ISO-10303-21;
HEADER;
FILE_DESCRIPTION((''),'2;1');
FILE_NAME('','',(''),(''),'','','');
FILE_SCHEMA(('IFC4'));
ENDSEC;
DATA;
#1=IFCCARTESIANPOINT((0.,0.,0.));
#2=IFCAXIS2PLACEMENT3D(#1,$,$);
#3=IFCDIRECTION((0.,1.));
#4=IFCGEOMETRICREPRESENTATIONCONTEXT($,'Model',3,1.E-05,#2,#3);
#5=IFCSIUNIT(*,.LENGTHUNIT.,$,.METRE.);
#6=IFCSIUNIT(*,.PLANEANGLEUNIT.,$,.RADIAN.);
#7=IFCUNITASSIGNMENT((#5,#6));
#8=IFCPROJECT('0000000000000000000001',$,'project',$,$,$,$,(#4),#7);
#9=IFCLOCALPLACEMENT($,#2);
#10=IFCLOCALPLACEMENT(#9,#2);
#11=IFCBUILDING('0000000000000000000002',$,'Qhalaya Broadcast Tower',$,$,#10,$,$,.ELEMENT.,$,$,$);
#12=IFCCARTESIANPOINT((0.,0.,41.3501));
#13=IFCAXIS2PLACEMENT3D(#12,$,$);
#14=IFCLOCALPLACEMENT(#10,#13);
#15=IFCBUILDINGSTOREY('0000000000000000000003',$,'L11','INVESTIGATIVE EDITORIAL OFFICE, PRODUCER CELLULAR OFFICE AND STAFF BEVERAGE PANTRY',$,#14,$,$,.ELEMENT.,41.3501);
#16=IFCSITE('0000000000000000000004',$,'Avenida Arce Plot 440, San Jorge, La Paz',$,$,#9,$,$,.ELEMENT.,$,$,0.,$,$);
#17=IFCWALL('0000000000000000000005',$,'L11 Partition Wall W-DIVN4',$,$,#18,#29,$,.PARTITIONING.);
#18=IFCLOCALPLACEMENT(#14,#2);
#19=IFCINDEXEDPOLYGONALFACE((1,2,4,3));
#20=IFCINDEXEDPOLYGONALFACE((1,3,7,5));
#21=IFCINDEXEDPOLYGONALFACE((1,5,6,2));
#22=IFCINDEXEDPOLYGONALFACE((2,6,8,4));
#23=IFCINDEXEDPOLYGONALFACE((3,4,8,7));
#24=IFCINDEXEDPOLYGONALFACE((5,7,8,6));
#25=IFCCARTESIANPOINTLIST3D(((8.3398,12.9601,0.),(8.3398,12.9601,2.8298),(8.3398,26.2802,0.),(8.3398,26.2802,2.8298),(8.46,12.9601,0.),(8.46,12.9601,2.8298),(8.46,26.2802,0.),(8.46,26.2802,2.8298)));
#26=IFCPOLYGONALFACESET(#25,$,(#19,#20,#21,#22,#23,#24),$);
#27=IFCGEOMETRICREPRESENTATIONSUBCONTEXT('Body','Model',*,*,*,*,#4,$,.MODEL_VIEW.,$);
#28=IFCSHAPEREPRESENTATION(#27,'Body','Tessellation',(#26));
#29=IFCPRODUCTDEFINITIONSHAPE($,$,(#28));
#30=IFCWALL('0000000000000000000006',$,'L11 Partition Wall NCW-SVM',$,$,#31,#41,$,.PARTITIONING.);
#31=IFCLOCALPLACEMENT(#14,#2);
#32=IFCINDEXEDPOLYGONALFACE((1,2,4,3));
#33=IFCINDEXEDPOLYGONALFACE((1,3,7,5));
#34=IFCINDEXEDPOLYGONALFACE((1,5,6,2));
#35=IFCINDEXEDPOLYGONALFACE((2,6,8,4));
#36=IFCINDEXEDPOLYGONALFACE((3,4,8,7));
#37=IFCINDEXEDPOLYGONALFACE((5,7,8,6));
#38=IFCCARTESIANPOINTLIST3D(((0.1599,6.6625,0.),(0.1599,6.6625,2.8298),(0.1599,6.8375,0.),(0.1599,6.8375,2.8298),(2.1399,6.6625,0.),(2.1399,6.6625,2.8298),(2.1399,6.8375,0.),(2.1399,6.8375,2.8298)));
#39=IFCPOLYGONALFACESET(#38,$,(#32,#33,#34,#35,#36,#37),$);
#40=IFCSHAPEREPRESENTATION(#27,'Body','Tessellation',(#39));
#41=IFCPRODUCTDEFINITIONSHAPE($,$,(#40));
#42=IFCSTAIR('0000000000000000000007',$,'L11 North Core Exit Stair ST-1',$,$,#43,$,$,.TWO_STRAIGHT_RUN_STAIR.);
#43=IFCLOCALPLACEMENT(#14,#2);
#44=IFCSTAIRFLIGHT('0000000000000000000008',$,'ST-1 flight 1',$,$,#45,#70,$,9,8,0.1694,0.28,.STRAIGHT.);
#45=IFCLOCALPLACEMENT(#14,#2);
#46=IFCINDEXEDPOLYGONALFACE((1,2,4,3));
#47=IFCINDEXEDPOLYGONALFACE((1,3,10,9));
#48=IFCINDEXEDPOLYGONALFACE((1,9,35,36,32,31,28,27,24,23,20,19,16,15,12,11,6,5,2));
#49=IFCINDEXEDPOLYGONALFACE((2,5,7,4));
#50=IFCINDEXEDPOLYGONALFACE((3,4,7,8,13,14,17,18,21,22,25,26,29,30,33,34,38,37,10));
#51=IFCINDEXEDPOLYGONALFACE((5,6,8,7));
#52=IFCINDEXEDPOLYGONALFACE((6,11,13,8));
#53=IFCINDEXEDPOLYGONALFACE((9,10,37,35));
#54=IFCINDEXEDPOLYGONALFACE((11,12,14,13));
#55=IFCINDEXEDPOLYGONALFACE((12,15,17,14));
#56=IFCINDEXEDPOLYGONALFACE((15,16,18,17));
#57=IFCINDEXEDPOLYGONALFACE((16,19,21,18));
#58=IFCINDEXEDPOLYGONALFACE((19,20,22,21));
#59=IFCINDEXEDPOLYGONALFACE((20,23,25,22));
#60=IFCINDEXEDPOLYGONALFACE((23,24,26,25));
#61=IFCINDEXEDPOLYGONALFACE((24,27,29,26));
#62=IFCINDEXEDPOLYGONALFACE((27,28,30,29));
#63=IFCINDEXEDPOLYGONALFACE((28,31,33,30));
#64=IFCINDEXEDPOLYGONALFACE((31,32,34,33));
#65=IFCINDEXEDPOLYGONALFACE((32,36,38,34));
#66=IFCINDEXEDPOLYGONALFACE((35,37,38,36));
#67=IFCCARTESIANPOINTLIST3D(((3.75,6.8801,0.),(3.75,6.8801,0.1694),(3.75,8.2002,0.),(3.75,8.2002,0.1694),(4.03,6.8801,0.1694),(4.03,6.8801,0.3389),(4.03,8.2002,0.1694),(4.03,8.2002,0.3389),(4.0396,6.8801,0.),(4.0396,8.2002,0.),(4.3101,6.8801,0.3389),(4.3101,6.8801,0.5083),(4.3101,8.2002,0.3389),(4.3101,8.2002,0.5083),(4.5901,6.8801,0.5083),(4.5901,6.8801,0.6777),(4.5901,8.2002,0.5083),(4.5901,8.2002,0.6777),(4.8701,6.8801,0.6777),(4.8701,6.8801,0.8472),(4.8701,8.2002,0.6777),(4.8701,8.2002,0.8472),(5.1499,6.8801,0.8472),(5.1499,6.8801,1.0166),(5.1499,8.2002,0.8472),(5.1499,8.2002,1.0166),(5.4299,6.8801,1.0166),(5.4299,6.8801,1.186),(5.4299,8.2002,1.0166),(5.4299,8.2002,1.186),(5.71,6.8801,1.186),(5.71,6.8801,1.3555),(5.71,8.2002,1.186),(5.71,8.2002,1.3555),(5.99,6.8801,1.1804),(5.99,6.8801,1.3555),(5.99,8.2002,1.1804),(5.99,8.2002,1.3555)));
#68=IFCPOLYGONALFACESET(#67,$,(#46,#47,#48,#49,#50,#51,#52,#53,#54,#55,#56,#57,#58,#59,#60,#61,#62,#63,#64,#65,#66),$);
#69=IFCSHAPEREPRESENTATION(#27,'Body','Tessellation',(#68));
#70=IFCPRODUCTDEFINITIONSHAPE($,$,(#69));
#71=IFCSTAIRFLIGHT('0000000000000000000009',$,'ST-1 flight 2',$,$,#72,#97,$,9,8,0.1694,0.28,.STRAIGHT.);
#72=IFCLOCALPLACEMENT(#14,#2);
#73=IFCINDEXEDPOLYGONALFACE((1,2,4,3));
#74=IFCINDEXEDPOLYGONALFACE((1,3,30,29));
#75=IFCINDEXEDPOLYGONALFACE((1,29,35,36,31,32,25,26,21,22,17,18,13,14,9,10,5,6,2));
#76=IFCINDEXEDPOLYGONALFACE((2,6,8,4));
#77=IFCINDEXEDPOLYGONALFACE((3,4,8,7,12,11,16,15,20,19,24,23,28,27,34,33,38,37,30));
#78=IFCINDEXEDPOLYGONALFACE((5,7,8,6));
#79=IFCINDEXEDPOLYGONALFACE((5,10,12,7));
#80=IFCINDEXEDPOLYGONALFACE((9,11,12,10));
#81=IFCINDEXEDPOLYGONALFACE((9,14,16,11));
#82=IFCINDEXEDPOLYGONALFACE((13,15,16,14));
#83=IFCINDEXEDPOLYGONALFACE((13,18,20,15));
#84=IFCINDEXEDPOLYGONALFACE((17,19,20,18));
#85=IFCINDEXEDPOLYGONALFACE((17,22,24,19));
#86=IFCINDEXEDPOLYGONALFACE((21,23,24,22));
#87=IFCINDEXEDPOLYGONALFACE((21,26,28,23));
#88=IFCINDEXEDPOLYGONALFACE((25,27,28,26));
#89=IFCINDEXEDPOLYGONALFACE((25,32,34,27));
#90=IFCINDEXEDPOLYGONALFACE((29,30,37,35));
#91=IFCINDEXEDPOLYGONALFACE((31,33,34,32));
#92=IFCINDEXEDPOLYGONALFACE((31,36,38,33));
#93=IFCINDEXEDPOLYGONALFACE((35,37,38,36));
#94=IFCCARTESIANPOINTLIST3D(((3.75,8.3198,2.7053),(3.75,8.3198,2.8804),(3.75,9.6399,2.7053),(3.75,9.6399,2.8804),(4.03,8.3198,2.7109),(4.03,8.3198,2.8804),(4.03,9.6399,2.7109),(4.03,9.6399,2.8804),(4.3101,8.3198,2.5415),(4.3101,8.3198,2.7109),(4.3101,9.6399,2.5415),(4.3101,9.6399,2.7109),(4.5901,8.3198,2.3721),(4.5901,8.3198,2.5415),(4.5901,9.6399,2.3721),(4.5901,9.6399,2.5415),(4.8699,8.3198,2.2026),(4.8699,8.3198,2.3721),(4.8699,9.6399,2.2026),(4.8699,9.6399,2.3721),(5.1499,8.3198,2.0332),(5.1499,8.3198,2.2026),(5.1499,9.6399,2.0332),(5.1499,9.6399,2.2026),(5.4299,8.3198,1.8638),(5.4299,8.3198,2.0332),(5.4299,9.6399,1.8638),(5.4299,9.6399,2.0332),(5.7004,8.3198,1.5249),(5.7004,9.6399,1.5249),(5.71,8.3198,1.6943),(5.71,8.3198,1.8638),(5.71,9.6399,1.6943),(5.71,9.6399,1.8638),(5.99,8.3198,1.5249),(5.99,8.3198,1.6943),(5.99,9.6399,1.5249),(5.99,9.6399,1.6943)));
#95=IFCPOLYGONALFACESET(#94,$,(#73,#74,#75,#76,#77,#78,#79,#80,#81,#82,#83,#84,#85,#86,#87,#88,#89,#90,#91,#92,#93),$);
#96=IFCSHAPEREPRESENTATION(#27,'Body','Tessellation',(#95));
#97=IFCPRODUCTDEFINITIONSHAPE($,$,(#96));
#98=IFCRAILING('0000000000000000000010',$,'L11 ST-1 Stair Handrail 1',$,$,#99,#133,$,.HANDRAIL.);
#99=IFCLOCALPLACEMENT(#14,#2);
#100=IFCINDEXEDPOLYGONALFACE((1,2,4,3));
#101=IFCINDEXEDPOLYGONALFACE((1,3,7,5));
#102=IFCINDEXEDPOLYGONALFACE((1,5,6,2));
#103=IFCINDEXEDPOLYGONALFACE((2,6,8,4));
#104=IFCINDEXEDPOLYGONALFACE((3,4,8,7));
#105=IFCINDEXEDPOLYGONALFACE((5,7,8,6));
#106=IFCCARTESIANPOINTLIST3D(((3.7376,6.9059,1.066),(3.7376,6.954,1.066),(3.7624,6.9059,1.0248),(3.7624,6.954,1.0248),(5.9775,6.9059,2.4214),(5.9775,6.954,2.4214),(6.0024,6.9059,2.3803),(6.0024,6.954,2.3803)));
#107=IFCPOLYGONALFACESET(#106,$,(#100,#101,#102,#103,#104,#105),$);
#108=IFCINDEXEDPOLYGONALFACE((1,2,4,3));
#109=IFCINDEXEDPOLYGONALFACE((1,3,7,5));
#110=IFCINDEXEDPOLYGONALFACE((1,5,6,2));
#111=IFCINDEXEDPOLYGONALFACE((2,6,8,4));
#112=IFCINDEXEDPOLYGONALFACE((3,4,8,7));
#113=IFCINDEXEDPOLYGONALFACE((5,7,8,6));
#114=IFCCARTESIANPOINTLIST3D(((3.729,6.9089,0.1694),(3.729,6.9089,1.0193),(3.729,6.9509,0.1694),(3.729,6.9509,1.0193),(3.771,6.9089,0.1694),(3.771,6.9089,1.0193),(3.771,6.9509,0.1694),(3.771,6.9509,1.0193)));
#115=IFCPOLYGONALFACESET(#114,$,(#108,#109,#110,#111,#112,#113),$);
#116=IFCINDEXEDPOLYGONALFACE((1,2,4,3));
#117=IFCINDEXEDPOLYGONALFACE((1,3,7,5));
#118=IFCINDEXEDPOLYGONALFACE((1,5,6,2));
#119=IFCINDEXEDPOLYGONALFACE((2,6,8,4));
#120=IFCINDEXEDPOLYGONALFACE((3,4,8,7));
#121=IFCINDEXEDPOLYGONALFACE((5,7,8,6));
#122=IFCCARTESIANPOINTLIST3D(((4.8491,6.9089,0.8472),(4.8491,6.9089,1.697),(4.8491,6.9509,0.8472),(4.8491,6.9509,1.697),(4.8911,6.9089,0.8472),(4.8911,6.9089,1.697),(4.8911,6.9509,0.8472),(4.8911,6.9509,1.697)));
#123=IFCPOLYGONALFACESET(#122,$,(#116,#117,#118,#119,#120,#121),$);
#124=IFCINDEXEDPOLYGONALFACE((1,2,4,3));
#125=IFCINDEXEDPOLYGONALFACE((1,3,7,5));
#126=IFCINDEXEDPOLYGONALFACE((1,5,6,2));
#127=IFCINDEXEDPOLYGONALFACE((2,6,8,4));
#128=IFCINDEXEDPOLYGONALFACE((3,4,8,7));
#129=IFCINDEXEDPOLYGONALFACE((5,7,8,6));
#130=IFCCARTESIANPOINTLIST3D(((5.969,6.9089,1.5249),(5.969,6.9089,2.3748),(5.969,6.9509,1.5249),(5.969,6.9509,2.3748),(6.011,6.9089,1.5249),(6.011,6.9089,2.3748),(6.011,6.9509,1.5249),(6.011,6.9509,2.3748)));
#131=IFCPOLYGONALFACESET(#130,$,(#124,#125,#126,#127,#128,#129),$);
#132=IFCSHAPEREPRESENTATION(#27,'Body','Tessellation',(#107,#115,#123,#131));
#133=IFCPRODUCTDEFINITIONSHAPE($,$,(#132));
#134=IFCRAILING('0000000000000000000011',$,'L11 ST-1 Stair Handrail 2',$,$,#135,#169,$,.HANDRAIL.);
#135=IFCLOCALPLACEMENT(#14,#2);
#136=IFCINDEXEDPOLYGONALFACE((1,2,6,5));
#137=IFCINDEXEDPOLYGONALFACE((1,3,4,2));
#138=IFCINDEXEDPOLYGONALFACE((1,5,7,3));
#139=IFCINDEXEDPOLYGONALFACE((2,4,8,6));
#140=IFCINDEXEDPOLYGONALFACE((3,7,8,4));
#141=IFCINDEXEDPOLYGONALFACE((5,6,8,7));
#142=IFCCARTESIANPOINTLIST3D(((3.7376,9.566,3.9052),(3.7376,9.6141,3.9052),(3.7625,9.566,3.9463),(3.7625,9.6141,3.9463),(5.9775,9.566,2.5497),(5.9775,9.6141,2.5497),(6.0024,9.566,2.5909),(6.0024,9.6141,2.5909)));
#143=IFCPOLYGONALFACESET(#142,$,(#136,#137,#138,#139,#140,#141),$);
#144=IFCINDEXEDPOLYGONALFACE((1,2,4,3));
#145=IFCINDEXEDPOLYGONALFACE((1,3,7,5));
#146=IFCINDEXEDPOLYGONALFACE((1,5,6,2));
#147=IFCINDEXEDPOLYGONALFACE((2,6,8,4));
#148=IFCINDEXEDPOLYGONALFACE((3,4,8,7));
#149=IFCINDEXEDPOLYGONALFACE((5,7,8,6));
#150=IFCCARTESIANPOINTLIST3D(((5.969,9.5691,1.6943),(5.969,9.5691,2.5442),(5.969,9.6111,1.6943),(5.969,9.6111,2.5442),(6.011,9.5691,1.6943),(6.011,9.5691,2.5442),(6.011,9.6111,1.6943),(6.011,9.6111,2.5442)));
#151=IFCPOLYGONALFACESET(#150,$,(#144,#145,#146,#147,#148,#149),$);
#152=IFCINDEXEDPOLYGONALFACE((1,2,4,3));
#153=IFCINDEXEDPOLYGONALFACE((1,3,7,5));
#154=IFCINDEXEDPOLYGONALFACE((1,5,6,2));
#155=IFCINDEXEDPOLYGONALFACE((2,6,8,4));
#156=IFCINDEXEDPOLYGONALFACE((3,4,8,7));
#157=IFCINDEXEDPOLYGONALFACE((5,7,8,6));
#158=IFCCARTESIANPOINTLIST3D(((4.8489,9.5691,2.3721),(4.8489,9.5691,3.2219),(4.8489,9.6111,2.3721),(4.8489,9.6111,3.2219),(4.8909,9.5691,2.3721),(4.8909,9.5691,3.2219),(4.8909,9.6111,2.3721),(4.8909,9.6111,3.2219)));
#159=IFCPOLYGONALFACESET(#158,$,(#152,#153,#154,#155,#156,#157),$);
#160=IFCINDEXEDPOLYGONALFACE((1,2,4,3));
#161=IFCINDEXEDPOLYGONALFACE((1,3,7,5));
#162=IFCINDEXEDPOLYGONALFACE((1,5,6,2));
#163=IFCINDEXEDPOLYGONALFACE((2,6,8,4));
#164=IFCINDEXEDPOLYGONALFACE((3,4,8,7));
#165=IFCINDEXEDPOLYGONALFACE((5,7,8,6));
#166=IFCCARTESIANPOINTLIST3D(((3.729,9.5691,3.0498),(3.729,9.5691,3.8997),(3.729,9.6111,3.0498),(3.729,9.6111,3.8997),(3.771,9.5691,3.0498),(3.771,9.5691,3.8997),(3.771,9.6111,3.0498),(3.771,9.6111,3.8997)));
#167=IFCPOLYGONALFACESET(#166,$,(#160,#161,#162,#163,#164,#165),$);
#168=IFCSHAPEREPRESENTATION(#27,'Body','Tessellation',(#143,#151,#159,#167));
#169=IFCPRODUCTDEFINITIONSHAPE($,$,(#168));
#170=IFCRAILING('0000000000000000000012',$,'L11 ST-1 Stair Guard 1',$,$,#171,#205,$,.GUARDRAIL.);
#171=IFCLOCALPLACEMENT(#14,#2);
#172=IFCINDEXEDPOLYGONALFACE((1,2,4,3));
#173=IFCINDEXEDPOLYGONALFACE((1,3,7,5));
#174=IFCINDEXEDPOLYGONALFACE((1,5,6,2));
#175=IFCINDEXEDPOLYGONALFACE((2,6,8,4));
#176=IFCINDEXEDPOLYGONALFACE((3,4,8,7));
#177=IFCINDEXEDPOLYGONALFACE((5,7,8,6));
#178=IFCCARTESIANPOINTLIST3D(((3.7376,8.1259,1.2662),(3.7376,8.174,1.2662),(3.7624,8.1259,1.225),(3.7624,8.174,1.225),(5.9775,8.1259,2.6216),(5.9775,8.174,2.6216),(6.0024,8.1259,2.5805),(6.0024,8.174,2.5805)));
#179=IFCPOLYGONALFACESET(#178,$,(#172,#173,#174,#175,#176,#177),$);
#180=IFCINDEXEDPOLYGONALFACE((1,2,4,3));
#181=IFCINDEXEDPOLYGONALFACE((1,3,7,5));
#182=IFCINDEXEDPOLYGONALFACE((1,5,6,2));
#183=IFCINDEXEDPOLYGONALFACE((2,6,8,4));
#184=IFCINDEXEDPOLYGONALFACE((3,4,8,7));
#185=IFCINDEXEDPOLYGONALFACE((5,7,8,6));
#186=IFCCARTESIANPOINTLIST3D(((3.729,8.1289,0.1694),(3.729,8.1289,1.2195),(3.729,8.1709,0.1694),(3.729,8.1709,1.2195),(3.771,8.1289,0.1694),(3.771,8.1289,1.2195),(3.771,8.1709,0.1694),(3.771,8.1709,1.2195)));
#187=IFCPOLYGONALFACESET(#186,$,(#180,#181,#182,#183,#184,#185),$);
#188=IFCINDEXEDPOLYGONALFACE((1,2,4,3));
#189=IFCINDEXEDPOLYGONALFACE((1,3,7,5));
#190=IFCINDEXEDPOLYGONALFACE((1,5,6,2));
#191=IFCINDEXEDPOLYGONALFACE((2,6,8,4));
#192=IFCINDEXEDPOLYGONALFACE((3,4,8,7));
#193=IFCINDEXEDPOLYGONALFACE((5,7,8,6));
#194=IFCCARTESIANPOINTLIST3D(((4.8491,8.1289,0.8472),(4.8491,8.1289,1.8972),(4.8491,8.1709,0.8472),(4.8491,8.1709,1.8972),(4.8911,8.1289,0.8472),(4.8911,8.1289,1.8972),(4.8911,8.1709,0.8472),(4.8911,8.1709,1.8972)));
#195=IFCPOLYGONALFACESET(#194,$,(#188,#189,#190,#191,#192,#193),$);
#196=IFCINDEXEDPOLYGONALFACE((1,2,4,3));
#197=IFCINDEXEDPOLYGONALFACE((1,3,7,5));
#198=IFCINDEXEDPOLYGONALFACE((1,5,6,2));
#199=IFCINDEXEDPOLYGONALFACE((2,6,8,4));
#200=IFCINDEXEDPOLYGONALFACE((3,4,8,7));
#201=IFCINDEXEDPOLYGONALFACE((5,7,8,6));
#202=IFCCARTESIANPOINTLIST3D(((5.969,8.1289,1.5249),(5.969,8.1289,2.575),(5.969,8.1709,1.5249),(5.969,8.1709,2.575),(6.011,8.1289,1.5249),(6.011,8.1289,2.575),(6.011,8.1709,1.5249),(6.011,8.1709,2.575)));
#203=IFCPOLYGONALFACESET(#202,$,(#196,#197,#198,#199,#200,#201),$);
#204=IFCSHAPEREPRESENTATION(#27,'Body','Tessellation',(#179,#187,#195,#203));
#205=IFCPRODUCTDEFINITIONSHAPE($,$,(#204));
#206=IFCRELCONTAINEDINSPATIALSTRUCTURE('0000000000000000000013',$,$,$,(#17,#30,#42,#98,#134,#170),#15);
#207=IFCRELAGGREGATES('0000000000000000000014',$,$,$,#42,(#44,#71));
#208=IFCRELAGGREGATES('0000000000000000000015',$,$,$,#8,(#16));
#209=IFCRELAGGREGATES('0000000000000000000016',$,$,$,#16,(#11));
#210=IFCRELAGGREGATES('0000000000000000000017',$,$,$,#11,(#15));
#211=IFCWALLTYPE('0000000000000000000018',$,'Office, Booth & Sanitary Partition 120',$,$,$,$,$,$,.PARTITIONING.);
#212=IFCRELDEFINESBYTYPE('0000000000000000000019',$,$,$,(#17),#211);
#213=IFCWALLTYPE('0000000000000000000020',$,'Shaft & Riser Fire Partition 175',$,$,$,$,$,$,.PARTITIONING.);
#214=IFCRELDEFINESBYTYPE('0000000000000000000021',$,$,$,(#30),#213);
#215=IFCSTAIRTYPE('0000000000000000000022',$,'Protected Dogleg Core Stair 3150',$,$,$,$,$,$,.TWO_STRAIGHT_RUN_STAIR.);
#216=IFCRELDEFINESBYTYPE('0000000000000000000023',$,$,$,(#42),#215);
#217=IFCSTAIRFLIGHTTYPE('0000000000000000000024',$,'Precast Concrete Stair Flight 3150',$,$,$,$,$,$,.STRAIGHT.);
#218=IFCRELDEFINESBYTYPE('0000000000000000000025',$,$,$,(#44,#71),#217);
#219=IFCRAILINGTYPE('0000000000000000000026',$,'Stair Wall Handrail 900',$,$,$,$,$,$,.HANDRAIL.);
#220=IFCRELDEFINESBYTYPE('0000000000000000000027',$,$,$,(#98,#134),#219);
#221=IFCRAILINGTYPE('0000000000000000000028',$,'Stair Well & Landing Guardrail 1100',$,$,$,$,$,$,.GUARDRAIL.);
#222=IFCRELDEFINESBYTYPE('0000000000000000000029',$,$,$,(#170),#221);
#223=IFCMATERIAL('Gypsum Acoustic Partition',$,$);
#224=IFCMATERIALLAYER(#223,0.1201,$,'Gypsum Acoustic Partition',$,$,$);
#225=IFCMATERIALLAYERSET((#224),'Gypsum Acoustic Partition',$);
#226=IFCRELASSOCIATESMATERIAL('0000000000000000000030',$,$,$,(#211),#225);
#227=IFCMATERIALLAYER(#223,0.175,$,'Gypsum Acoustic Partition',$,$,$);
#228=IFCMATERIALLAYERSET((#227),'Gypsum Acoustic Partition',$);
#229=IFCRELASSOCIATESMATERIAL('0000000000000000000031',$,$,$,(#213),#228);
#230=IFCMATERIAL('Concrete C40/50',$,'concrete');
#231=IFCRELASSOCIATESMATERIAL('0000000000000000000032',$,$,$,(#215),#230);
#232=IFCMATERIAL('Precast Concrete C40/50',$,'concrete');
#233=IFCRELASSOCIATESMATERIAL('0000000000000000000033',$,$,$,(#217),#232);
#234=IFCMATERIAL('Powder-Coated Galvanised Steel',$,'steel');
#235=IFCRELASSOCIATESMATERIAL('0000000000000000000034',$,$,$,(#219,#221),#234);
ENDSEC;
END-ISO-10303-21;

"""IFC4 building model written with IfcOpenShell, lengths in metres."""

from ifc_helpers import new_model, si_unit, direction, frame, frame_2d, origin, origin_2d, place, context, subcontext, project, spatial, polyline, rectangle, outline, extrude, material, layer, layer_set, type_object, element, aggregate, save


model = new_model("IFC4")

# Units and contexts
model_context = context("Model", 3, precision=1e-05, world=origin(), true_north=direction((0.0, 1.0)))
body_context = subcontext(model_context, "Body", "Model", "MODEL_VIEW")
ifc_project = project(units=[si_unit("LENGTHUNIT", "METRE"), si_unit("PLANEANGLEUNIT", "RADIAN")], contexts=[model_context])

# Site, building, storey
site_placement = place(None, origin())
site = spatial("IfcSite", under=ifc_project, at=site_placement, Name="Avenida Arce Plot 440, San Jorge, La Paz", CompositionType="ELEMENT", RefElevation=0.0)
building_placement = place(site_placement, origin())
building = spatial("IfcBuilding", under=site, at=building_placement, Name="Qhalaya Broadcast Tower", CompositionType="ELEMENT")
storey_placement = place(building_placement, frame((0.0, 0.0, 41.3501)))
storey = spatial("IfcBuildingStorey", under=building, at=storey_placement, Name="L11", Description="INVESTIGATIVE EDITORIAL OFFICE, PRODUCER CELLULAR OFFICE AND STAFF BEVERAGE PANTRY", CompositionType="ELEMENT", Elevation=41.3501)

# Shared definitions
ifc_material_1 = material(Name="Gypsum Acoustic Partition")

# Shared definitions
ifc_material_2 = material(Name="Precast Concrete C40/50", Category="concrete")

# Wall
ifc_layer_1 = layer(ifc_material_1, 0.1201, Name="Gypsum Acoustic Partition")
ifc_layer_set_1 = layer_set([ifc_layer_1], Name="Gypsum Acoustic Partition")
wall_type_1 = type_object("IfcWallType", Name="Office, Booth & Sanitary Partition 120", PredefinedType="PARTITIONING", material=ifc_layer_set_1)
wall_1_placement = place(storey_placement, frame((8.3999, 12.96, 0.0), z_axis=(0.0, 0.0, 1.0), x_axis=(0.0, 1.0, 0.0)))
element("IfcWall", 1, at=wall_1_placement, inside=storey, type_object=wall_type_1, Name="L11 Partition Wall W-DIVN4", PredefinedType="PARTITIONING", context=body_context, shape_type="SweptSolid", body=[
    extrude(rectangle(XDim=13.3201, YDim=0.1201, at=frame_2d((6.6602, 0.0))), origin(), (0.0, 0.0, 1.0), 2.8298),
])

# Shared definitions
ifc_layer_2 = layer(ifc_material_1, 0.175, Name="Gypsum Acoustic Partition")
ifc_layer_set_2 = layer_set([ifc_layer_2], Name="Gypsum Acoustic Partition")
wall_type_2 = type_object("IfcWallType", Name="Shaft & Riser Fire Partition 175", PredefinedType="PARTITIONING", material=ifc_layer_set_2)

# Wall
wall_2_placement = place(storey_placement, frame((0.1599, 6.75, 0.0), z_axis=(0.0, 0.0, 1.0), x_axis=(1.0, 0.0, 0.0)))
element("IfcWall", 2, at=wall_2_placement, inside=storey, type_object=wall_type_2, Name="L11 Partition Wall NCW-SVM", PredefinedType="PARTITIONING", context=body_context, shape_type="SweptSolid", body=[
    extrude(rectangle(XDim=1.98, YDim=0.175, at=frame_2d((0.99, 0.0))), origin(), (0.0, 0.0, 1.0), 2.8298),
])

# Stair, stair flights
ifc_material_3 = material(Name="Concrete C40/50", Category="concrete")
stair_type = type_object("IfcStairType", Name="Protected Dogleg Core Stair 3150", PredefinedType="TWO_STRAIGHT_RUN_STAIR", material=ifc_material_3)
stair_placement = place(storey_placement, origin())
stair = element("IfcStair", 3, at=stair_placement, inside=storey, type_object=stair_type, Name="L11 North Core Exit Stair ST-1", PredefinedType="TWO_STRAIGHT_RUN_STAIR")
stair_flight_type = type_object("IfcStairFlightType", Name="Precast Concrete Stair Flight 3150", PredefinedType="STRAIGHT", material=ifc_material_2)
stair_flight_1_placement = place(storey_placement, frame((3.75, 7.54, 0.0), z_axis=(0.0, 0.0, 1.0), x_axis=(1.0, 0.0, 0.0)))
stair_flight_1 = element("IfcStairFlight", 4, at=stair_flight_1_placement, type_object=stair_flight_type, Name="ST-1 flight 1", NumberOfRisers=9, NumberOfTreads=8, PredefinedType="STRAIGHT", RiserHeight=0.1694, TreadLength=0.28, context=body_context, shape_type="SweptSolid", body=[
    extrude(outline(polyline([(0.0, 0.0), (0.0, 0.1694), (0.28, 0.1694), (0.28, 0.3389), (0.5601, 0.3389), (0.5601, 0.5083), (0.8401, 0.5083), (0.8401, 0.6777), (1.1201, 0.6777), (1.1201, 0.8472), (1.3999, 0.8472), (1.3999, 1.0166), (1.6799, 1.0166), (1.6799, 1.186), (1.96, 1.186), (1.96, 1.3555), (2.24, 1.3555), (2.24, 1.5249), (2.24, 1.1804), (0.2896, 0.0), (0.0, 0.0)])), frame((0.0, 0.6602, 0.0), z_axis=(0.0, -1.0, 0.0), x_axis=(1.0, 0.0, 0.0)), (0.0, 0.0, 1.0), 1.3201),
])
stair_flight_2_placement = place(storey_placement, frame((5.99, 8.98, 1.5249), z_axis=(0.0, 0.0, 1.0), x_axis=(-1.0, 0.0, 0.0)))
stair_flight_2 = element("IfcStairFlight", 5, at=stair_flight_2_placement, type_object=stair_flight_type, Name="ST-1 flight 2", NumberOfRisers=9, NumberOfTreads=8, PredefinedType="STRAIGHT", RiserHeight=0.1694, TreadLength=0.28, context=body_context, shape_type="SweptSolid", body=[
    extrude(outline(polyline([(0.0, 0.0), (0.0, 0.1694), (0.28, 0.1694), (0.28, 0.3389), (0.5601, 0.3389), (0.5601, 0.5083), (0.8401, 0.5083), (0.8401, 0.6777), (1.1201, 0.6777), (1.1201, 0.8472), (1.3999, 0.8472), (1.3999, 1.0166), (1.6799, 1.0166), (1.6799, 1.186), (1.96, 1.186), (1.96, 1.3555), (2.24, 1.3555), (2.24, 1.5249), (2.24, 1.1804), (0.2896, 0.0), (0.0, 0.0)])), frame((0.0, 0.6602, 0.0), z_axis=(0.0, -1.0, 0.0), x_axis=(1.0, 0.0, 0.0)), (0.0, 0.0, 1.0), 1.3201),
])
aggregate(stair, [stair_flight_1, stair_flight_2])

# Railings
ifc_material_4 = material(Name="Powder-Coated Galvanised Steel", Category="steel")
railing_type_1 = type_object("IfcRailingType", Name="Stair Wall Handrail 900", PredefinedType="HANDRAIL", material=ifc_material_4)
railing_1_placement = place(storey_placement, frame((3.75, 6.9299, 0.1694)))
element("IfcRailing", 6, at=railing_1_placement, inside=storey, type_object=railing_type_1, Name="L11 ST-1 Stair Handrail 1", PredefinedType="HANDRAIL", context=body_context, shape_type="SweptSolid", body=[
    extrude(rectangle(XDim=0.0481, YDim=0.0481, at=origin_2d()), frame((0.0, 0.0, 0.876), z_axis=(0.855553, 0.0, 0.517715), x_axis=(0.0, 1.0, 0.0)), (0.0, 0.0, 1.0), 2.6182),
    extrude(rectangle(XDim=0.042, YDim=0.042, at=origin_2d()), origin(), (0.0, 0.0, 1.0), 0.8499),
    extrude(rectangle(XDim=0.042, YDim=0.042, at=origin_2d()), frame((1.1201, 0.0, 0.6777)), (0.0, 0.0, 1.0), 0.8499),
    extrude(rectangle(XDim=0.042, YDim=0.042, at=origin_2d()), frame((2.24, 0.0, 1.3555)), (0.0, 0.0, 1.0), 0.8499),
])
railing_2_placement = place(storey_placement, frame((5.99, 9.5901, 1.6943)))
element("IfcRailing", 7, at=railing_2_placement, inside=storey, type_object=railing_type_1, Name="L11 ST-1 Stair Handrail 2", PredefinedType="HANDRAIL", context=body_context, shape_type="SweptSolid", body=[
    extrude(rectangle(XDim=0.0481, YDim=0.0481, at=origin_2d()), frame((0.0, 0.0, 0.876), z_axis=(-0.855553, 0.0, 0.517715), x_axis=(0.0, -1.0, 0.0)), (0.0, 0.0, 1.0), 2.6182),
    extrude(rectangle(XDim=0.042, YDim=0.042, at=origin_2d()), origin(), (0.0, 0.0, 1.0), 0.8499),
    extrude(rectangle(XDim=0.042, YDim=0.042, at=origin_2d()), frame((-1.1201, 0.0, 0.6777)), (0.0, 0.0, 1.0), 0.8499),
    extrude(rectangle(XDim=0.042, YDim=0.042, at=origin_2d()), frame((-2.24, 0.0, 1.3555)), (0.0, 0.0, 1.0), 0.8499),
])
railing_type_2 = type_object("IfcRailingType", Name="Stair Well & Landing Guardrail 1100", PredefinedType="GUARDRAIL", material=ifc_material_4)
railing_3_placement = place(storey_placement, frame((3.75, 8.1499, 0.1694)))
element("IfcRailing", 8, at=railing_3_placement, inside=storey, type_object=railing_type_2, Name="L11 ST-1 Stair Guard 1", PredefinedType="GUARDRAIL", context=body_context, shape_type="SweptSolid", body=[
    extrude(rectangle(XDim=0.0481, YDim=0.0481, at=origin_2d()), frame((0.0, 0.0, 1.0762), z_axis=(0.855553, 0.0, 0.517715), x_axis=(0.0, 1.0, 0.0)), (0.0, 0.0, 1.0), 2.6182),
    extrude(rectangle(XDim=0.042, YDim=0.042, at=origin_2d()), origin(), (0.0, 0.0, 1.0), 1.05),
    extrude(rectangle(XDim=0.042, YDim=0.042, at=origin_2d()), frame((1.1201, 0.0, 0.6777)), (0.0, 0.0, 1.0), 1.05),
    extrude(rectangle(XDim=0.042, YDim=0.042, at=origin_2d()), frame((2.24, 0.0, 1.3555)), (0.0, 0.0, 1.0), 1.05),
])

save(model, "model.ifc")
